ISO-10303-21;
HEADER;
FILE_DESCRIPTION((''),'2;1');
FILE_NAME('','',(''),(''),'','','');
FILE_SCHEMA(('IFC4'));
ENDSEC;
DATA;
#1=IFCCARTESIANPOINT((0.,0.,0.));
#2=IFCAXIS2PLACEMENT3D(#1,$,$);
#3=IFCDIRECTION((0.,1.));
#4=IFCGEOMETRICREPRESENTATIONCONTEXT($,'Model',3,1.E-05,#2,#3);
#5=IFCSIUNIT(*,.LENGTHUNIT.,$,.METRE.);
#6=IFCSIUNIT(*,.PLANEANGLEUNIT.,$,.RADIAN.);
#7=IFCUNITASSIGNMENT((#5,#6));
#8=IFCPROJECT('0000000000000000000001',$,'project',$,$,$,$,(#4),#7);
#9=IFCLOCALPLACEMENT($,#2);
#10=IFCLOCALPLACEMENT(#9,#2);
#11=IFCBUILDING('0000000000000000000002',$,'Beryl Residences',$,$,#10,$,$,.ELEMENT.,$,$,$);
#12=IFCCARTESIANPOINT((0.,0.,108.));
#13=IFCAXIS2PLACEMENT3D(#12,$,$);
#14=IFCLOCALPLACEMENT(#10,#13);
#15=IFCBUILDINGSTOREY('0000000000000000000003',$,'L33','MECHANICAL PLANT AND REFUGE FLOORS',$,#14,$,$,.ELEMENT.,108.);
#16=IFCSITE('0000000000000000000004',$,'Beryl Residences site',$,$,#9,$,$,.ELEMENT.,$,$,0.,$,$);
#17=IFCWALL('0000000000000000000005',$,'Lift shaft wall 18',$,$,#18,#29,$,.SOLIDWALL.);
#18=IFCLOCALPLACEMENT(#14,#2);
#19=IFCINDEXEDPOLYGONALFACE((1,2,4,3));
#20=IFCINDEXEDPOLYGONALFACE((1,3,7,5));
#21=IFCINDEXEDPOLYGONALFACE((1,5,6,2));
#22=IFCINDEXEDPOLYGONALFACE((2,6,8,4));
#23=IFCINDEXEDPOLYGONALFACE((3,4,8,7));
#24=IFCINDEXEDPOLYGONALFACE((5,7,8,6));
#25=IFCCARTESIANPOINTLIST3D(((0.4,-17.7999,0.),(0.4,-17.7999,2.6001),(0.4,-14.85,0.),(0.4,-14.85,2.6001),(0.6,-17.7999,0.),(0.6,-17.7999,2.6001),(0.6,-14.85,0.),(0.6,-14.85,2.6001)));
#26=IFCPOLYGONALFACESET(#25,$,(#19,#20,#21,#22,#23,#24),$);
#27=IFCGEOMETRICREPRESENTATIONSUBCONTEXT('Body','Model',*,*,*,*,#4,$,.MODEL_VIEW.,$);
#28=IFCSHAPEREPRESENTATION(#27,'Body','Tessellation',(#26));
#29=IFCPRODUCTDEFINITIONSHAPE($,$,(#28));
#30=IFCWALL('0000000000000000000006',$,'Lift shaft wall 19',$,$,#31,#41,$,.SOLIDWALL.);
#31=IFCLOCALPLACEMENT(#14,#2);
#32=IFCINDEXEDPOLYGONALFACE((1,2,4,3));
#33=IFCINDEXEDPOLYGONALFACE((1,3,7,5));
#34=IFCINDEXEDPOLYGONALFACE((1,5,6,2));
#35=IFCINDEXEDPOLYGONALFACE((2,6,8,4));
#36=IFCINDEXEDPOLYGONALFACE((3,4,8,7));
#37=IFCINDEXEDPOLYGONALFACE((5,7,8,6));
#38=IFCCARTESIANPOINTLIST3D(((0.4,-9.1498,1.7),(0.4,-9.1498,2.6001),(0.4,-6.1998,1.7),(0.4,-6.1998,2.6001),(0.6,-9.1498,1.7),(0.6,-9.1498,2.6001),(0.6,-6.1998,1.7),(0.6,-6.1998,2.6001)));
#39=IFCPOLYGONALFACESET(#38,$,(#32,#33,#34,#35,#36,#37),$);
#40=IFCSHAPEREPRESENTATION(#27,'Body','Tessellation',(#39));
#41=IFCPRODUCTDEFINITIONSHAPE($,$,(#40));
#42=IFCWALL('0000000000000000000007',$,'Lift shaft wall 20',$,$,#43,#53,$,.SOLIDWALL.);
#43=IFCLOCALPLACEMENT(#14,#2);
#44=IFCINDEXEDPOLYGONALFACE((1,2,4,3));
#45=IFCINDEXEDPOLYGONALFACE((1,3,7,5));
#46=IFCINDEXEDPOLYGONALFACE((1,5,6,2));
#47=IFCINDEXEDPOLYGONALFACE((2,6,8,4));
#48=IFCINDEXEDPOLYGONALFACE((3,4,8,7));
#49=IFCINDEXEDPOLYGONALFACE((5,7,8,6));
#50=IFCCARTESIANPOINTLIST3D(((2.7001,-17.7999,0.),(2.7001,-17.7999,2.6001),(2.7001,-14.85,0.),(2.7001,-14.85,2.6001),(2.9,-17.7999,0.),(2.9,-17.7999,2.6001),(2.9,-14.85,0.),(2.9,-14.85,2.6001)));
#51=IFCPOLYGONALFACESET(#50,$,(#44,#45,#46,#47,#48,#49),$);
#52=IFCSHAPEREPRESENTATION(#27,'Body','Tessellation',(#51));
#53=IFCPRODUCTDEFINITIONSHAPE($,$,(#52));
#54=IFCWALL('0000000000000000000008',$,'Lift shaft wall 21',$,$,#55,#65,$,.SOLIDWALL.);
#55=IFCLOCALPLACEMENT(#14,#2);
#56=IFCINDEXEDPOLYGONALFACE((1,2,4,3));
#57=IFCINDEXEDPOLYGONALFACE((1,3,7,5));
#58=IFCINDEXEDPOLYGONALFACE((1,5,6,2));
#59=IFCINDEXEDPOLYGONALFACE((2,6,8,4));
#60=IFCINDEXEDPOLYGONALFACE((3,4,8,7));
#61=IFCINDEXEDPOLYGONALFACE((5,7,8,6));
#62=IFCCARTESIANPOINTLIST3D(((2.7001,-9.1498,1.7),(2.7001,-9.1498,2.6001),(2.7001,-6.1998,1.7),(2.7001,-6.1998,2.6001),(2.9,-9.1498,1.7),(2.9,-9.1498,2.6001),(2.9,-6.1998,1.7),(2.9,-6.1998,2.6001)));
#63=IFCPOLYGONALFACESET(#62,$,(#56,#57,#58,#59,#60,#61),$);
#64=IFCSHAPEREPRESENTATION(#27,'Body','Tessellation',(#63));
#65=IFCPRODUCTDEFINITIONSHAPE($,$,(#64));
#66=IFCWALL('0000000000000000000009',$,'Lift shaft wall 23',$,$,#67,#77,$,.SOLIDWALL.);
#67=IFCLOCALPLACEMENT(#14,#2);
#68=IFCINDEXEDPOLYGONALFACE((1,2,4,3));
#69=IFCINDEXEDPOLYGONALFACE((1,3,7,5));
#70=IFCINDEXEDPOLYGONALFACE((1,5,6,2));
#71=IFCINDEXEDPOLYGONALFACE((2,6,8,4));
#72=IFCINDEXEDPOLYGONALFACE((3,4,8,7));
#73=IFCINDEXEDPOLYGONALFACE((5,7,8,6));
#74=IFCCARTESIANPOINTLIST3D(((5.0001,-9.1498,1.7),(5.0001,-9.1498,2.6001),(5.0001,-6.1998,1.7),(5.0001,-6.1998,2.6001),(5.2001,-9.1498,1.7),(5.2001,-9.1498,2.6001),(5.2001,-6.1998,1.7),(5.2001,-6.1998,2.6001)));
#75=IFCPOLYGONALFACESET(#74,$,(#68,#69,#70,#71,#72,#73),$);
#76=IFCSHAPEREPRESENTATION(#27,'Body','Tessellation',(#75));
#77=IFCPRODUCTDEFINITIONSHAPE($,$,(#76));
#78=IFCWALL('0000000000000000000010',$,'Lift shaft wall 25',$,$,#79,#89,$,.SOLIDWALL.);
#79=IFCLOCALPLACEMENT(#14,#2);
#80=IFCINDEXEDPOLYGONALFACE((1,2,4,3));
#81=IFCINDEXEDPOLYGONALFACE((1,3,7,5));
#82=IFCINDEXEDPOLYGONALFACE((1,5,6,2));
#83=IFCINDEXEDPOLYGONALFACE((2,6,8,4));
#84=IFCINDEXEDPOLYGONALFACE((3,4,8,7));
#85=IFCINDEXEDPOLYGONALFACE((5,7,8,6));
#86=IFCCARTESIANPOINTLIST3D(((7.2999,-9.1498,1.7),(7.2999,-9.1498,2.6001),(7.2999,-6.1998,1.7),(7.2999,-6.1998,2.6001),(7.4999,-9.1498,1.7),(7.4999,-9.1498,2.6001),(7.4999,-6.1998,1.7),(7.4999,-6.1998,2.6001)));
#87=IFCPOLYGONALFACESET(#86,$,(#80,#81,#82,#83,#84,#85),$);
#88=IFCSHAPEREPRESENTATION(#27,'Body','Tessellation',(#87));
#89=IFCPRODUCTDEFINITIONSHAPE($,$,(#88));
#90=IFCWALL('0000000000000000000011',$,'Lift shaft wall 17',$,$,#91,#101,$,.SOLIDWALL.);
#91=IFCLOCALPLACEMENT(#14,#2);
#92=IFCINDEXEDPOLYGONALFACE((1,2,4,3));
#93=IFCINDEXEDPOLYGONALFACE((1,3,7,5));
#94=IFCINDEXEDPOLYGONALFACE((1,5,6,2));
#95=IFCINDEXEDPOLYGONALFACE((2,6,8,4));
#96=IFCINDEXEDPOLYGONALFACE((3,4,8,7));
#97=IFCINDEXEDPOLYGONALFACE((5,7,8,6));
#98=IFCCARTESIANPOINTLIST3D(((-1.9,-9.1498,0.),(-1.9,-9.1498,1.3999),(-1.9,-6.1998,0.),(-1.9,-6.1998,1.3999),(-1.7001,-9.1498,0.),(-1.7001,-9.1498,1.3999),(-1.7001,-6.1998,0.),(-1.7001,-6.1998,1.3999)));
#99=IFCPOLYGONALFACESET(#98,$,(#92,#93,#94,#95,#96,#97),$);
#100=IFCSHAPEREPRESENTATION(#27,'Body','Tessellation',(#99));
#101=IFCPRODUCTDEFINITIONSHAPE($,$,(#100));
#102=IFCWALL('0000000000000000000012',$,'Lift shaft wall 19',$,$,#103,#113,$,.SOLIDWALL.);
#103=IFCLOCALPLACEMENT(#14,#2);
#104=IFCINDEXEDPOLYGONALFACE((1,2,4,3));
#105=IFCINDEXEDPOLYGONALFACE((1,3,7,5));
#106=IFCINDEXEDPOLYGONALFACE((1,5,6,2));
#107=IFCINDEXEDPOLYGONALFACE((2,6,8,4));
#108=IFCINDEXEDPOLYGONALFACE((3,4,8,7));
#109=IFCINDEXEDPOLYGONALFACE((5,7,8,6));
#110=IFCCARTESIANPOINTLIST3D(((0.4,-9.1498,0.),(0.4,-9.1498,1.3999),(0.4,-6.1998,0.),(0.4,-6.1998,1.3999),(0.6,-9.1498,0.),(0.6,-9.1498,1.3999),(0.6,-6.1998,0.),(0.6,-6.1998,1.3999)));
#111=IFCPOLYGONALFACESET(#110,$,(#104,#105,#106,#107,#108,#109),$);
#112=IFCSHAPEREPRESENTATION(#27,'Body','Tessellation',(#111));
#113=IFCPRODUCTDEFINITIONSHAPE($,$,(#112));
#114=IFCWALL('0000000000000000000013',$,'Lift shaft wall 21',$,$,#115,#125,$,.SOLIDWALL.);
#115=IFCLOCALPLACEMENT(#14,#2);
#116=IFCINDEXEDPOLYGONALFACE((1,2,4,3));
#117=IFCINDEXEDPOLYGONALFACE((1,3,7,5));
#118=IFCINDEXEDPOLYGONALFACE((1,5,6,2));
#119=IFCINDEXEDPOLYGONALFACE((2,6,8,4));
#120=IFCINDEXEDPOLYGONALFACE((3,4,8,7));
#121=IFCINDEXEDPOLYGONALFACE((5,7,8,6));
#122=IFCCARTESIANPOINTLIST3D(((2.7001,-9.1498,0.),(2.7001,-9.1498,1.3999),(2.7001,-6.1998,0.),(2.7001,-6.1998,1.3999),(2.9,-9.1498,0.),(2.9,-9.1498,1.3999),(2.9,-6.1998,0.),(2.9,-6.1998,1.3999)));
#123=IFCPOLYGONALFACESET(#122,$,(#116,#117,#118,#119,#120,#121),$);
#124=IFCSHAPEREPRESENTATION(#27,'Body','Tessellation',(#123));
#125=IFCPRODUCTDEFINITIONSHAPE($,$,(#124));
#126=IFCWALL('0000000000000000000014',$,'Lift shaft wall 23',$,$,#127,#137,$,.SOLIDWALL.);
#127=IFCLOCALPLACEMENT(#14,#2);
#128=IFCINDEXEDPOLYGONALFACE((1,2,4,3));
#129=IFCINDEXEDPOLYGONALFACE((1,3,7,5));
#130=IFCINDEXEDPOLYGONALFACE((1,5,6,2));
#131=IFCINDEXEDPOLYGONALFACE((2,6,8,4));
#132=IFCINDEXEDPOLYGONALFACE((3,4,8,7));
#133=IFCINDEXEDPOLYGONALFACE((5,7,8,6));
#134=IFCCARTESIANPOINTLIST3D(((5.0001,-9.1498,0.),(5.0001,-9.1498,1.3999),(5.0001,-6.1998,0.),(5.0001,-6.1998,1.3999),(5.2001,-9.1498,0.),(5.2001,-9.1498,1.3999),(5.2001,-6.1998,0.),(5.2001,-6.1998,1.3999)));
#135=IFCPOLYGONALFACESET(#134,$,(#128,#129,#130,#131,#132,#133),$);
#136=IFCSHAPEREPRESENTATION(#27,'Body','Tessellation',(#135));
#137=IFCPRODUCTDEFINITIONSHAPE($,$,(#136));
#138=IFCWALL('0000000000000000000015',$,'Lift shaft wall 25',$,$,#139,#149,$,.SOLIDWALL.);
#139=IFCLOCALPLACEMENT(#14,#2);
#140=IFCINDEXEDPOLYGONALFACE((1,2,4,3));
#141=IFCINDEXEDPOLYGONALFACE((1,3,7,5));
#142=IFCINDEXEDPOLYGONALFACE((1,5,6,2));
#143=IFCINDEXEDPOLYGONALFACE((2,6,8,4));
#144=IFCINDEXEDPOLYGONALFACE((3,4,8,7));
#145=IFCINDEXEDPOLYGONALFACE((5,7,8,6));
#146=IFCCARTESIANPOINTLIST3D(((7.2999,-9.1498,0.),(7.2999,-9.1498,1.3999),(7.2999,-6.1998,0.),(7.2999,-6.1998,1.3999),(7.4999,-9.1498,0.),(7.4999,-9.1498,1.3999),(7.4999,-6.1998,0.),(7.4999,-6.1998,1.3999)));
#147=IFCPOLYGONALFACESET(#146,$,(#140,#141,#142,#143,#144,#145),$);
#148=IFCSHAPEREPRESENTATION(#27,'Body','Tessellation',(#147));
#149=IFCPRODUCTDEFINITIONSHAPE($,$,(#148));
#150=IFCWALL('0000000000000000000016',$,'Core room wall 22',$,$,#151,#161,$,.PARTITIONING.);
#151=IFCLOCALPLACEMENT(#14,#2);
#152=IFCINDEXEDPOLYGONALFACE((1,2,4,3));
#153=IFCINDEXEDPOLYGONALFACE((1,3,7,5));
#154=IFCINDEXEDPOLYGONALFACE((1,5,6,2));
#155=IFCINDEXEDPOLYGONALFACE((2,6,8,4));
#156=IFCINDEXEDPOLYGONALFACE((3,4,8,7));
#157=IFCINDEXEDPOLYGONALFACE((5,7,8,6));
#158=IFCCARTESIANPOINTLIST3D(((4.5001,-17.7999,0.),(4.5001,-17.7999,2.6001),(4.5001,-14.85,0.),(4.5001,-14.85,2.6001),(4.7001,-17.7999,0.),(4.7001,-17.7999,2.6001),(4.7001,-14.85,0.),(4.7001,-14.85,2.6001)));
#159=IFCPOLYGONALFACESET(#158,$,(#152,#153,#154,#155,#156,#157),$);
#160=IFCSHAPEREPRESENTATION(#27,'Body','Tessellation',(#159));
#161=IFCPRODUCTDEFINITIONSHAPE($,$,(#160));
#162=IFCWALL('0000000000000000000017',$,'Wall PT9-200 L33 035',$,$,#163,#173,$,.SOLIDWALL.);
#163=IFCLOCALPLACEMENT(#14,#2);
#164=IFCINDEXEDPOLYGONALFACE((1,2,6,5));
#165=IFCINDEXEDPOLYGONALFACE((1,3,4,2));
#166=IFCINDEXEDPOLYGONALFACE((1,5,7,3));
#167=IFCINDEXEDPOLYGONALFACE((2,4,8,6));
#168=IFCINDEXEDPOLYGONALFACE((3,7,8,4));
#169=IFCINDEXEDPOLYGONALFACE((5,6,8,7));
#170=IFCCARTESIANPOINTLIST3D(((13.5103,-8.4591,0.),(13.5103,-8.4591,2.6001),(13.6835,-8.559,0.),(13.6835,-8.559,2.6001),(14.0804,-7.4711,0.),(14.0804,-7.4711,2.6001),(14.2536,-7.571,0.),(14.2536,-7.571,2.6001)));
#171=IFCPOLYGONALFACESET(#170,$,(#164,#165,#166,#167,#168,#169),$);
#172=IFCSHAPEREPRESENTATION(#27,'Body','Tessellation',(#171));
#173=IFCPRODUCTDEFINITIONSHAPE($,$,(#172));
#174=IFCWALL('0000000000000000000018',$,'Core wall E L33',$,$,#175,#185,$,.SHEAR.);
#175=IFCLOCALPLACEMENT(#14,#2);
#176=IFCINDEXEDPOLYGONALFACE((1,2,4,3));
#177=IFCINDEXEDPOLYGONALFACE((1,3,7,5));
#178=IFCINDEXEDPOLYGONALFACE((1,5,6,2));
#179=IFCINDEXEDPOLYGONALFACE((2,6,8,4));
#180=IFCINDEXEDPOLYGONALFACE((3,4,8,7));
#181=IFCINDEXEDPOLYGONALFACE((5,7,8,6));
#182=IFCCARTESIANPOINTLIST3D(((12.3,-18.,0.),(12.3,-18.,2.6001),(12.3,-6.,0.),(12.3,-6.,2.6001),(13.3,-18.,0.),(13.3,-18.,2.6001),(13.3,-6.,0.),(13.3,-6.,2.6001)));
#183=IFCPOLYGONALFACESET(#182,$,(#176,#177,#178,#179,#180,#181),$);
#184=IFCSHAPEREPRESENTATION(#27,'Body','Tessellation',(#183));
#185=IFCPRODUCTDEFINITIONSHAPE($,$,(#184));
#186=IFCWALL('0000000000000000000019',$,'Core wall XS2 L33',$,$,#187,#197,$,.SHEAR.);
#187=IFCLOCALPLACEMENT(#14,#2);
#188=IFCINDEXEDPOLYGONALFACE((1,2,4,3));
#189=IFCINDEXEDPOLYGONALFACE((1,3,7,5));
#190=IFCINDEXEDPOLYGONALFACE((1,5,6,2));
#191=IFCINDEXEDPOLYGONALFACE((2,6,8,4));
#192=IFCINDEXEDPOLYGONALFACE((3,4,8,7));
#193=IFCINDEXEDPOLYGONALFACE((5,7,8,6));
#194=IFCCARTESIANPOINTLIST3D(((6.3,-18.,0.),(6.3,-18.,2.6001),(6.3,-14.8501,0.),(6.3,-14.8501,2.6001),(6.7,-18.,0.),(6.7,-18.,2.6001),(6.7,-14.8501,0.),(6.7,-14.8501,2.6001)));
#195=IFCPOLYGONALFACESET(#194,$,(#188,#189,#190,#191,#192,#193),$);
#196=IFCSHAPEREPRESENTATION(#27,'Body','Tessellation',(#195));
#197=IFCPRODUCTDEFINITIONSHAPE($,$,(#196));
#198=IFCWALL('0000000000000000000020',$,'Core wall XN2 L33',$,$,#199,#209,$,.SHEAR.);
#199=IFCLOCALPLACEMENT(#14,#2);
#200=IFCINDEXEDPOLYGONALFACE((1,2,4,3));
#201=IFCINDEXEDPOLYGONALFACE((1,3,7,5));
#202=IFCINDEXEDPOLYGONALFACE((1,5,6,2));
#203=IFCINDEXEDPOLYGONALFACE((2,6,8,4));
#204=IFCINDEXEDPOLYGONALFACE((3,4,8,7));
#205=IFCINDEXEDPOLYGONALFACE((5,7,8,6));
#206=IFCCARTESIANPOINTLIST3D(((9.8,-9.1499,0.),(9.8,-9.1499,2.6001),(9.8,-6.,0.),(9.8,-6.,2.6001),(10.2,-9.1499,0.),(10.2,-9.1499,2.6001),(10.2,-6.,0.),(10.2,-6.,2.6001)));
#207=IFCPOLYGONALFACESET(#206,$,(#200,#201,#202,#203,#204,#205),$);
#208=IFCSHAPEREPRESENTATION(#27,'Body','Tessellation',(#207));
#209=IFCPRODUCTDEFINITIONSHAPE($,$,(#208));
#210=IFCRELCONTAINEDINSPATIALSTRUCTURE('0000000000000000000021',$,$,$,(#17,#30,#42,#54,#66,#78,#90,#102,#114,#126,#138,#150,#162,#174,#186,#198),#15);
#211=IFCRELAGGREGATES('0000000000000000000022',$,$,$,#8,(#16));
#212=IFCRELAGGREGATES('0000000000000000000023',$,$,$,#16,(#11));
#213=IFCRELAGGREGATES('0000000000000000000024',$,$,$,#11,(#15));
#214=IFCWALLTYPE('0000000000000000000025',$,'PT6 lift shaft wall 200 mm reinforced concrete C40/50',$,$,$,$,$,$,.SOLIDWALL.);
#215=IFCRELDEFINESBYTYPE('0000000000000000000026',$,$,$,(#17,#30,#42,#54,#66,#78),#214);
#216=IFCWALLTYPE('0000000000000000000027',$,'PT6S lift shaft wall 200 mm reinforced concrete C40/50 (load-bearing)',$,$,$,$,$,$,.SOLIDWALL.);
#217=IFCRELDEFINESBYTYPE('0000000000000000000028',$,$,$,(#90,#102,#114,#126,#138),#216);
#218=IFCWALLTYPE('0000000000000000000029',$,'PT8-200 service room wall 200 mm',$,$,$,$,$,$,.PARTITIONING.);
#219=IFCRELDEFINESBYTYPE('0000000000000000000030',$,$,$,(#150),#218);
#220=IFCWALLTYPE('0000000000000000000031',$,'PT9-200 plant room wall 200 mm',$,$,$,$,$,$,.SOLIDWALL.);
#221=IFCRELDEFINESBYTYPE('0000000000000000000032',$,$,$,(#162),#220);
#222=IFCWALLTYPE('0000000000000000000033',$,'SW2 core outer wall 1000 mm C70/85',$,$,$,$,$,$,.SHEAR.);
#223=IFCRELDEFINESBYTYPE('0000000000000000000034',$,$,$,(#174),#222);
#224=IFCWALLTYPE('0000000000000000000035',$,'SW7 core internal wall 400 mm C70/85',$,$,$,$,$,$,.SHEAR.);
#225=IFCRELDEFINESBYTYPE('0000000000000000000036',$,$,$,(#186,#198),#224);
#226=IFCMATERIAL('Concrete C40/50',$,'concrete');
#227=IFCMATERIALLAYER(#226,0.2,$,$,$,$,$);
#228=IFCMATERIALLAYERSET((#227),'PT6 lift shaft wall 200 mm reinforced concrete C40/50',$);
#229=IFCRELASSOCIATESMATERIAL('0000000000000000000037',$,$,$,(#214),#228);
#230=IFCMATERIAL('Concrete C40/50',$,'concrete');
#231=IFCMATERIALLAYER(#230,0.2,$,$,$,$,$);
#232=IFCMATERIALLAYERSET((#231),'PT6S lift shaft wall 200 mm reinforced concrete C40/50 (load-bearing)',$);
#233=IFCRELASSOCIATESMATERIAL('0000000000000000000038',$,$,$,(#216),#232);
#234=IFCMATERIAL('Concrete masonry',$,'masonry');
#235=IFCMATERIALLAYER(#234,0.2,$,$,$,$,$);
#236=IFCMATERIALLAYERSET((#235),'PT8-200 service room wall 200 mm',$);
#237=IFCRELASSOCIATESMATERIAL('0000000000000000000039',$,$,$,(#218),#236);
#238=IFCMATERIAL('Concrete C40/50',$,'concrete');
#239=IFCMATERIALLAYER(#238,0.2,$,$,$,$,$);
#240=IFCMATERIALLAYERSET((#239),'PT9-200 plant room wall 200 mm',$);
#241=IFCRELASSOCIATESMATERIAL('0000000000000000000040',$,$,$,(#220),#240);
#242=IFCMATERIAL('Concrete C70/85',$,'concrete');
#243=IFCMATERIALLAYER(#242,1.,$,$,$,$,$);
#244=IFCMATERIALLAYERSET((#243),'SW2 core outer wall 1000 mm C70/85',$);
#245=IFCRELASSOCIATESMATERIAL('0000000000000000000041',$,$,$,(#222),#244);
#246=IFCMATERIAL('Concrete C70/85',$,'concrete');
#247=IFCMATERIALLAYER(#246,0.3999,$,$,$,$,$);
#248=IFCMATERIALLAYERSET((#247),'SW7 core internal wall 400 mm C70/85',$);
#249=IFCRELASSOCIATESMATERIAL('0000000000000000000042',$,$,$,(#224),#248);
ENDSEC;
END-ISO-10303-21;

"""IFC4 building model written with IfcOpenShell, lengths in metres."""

from ifc_helpers import new_model, si_unit, direction, frame, frame_2d, origin, place, context, subcontext, project, spatial, rectangle, extrude, material, layer, layer_set, type_object, element, save


model = new_model("IFC4")

# Units and contexts
model_context = context("Model", 3, precision=1e-05, world=origin(), true_north=direction((0.0, 1.0)))
body_context = subcontext(model_context, "Body", "Model", "MODEL_VIEW")
ifc_project = project(units=[si_unit("LENGTHUNIT", "METRE"), si_unit("PLANEANGLEUNIT", "RADIAN")], contexts=[model_context])

# Site, building, storey
site_placement = place(None, origin())
site = spatial("IfcSite", under=ifc_project, at=site_placement, Name="Beryl Residences site", CompositionType="ELEMENT", RefElevation=0.0)
building_placement = place(site_placement, origin())
building = spatial("IfcBuilding", under=site, at=building_placement, Name="Beryl Residences", CompositionType="ELEMENT")
storey_placement = place(building_placement, frame((0.0, 0.0, 108.0)))
storey = spatial("IfcBuildingStorey", under=building, at=storey_placement, Name="L33", Description="MECHANICAL PLANT AND REFUGE FLOORS", CompositionType="ELEMENT", Elevation=108.0)

# Walls
ifc_material_1 = material(Name="Concrete C40/50", Category="concrete")
ifc_layer_1 = layer(ifc_material_1, 0.2)
ifc_layer_set_1 = layer_set([ifc_layer_1], Name="PT6 lift shaft wall 200 mm reinforced concrete C40/50")
wall_type_1 = type_object("IfcWallType", Name="PT6 lift shaft wall 200 mm reinforced concrete C40/50", PredefinedType="SOLIDWALL", material=ifc_layer_set_1)
wall_1_placement = place(storey_placement, frame((0.5, -17.8, 0.0), z_axis=(0.0, 0.0, 1.0), x_axis=(0.0, 1.0, 0.0)))
element("IfcWall", 1, at=wall_1_placement, inside=storey, type_object=wall_type_1, Name="Lift shaft wall 18", PredefinedType="SOLIDWALL", context=body_context, shape_type="SweptSolid", body=[
    extrude(rectangle(XDim=2.95, YDim=0.2, at=frame_2d((1.4751, 0.0))), origin(), (0.0, 0.0, 1.0), 2.6001),
])
wall_2_placement = place(storey_placement, frame((0.5, -9.1499, 1.7), z_axis=(0.0, 0.0, 1.0), x_axis=(0.0, 1.0, 0.0)))
element("IfcWall", 2, at=wall_2_placement, inside=storey, type_object=wall_type_1, Name="Lift shaft wall 19", PredefinedType="SOLIDWALL", context=body_context, shape_type="SweptSolid", body=[
    extrude(rectangle(XDim=2.95, YDim=0.2, at=frame_2d((1.4751, 0.0))), origin(), (0.0, 0.0, 1.0), 0.9001),
])
wall_3_placement = place(storey_placement, frame((2.8, -17.8, 0.0), z_axis=(0.0, 0.0, 1.0), x_axis=(0.0, 1.0, 0.0)))
element("IfcWall", 3, at=wall_3_placement, inside=storey, type_object=wall_type_1, Name="Lift shaft wall 20", PredefinedType="SOLIDWALL", context=body_context, shape_type="SweptSolid", body=[
    extrude(rectangle(XDim=2.95, YDim=0.2, at=frame_2d((1.4751, 0.0))), origin(), (0.0, 0.0, 1.0), 2.6001),
])
for number, where, z_axis, x_axis, name in (
    (4, (2.8, -9.1499, 1.7), (0.0, 0.0, 1.0), (0.0, 1.0, 0.0), "Lift shaft wall 21"),
    (5, (5.1001, -9.1499, 1.7), (0.0, 0.0, 1.0), (0.0, 1.0, 0.0), "Lift shaft wall 23"),
    (6, (7.3999, -9.1499, 1.7), (0.0, 0.0, 1.0), (0.0, 1.0, 0.0), "Lift shaft wall 25"),
):
    element("IfcWall", number, at=place(storey_placement, frame(where, z_axis=z_axis, x_axis=x_axis)), inside=storey, type_object=wall_type_1, Name=name, PredefinedType="SOLIDWALL", context=body_context, shape_type="SweptSolid", body=[
        extrude(rectangle(XDim=2.95, YDim=0.2, at=frame_2d((1.4751, 0.0))), origin(), (0.0, 0.0, 1.0), 0.9001),
    ])
ifc_material_2 = material(Name="Concrete C40/50", Category="concrete")
ifc_layer_2 = layer(ifc_material_2, 0.2)
ifc_layer_set_2 = layer_set([ifc_layer_2], Name="PT6S lift shaft wall 200 mm reinforced concrete C40/50 (load-bearing)")
wall_type_2 = type_object("IfcWallType", Name="PT6S lift shaft wall 200 mm reinforced concrete C40/50 (load-bearing)", PredefinedType="SOLIDWALL", material=ifc_layer_set_2)
for number, where, z_axis, x_axis, name in (
    (7, (-1.8, -9.1499, 0.0), (0.0, 0.0, 1.0), (0.0, 1.0, 0.0), "Lift shaft wall 17"),
    (8, (0.5, -9.1499, 0.0), (0.0, 0.0, 1.0), (0.0, 1.0, 0.0), "Lift shaft wall 19"),
    (9, (2.8, -9.1499, 0.0), (0.0, 0.0, 1.0), (0.0, 1.0, 0.0), "Lift shaft wall 21"),
    (10, (5.1001, -9.1499, 0.0), (0.0, 0.0, 1.0), (0.0, 1.0, 0.0), "Lift shaft wall 23"),
    (11, (7.3999, -9.1499, 0.0), (0.0, 0.0, 1.0), (0.0, 1.0, 0.0), "Lift shaft wall 25"),
):
    element("IfcWall", number, at=place(storey_placement, frame(where, z_axis=z_axis, x_axis=x_axis)), inside=storey, type_object=wall_type_2, Name=name, PredefinedType="SOLIDWALL", context=body_context, shape_type="SweptSolid", body=[
        extrude(rectangle(XDim=2.95, YDim=0.2, at=frame_2d((1.4751, 0.0))), origin(), (0.0, 0.0, 1.0), 1.3999),
    ])
ifc_material_3 = material(Name="Concrete masonry", Category="masonry")
ifc_layer_3 = layer(ifc_material_3, 0.2)
ifc_layer_set_3 = layer_set([ifc_layer_3], Name="PT8-200 service room wall 200 mm")
wall_type_3 = type_object("IfcWallType", Name="PT8-200 service room wall 200 mm", PredefinedType="PARTITIONING", material=ifc_layer_set_3)
wall_4_placement = place(storey_placement, frame((4.6001, -17.8, 0.0), z_axis=(0.0, 0.0, 1.0), x_axis=(0.0, 1.0, 0.0)))
element("IfcWall", 12, at=wall_4_placement, inside=storey, type_object=wall_type_3, Name="Core room wall 22", PredefinedType="PARTITIONING", context=body_context, shape_type="SweptSolid", body=[
    extrude(rectangle(XDim=2.95, YDim=0.2, at=frame_2d((1.4751, 0.0))), origin(), (0.0, 0.0, 1.0), 2.6001),
])
ifc_material_4 = material(Name="Concrete C40/50", Category="concrete")
ifc_layer_4 = layer(ifc_material_4, 0.2)
ifc_layer_set_4 = layer_set([ifc_layer_4], Name="PT9-200 plant room wall 200 mm")
wall_type_4 = type_object("IfcWallType", Name="PT9-200 plant room wall 200 mm", PredefinedType="SOLIDWALL", material=ifc_layer_set_4)
wall_5_placement = place(storey_placement, frame((13.5969, -8.509, 0.0), z_axis=(0.0, 0.0, 1.0), x_axis=(0.499753, 0.866168, 0.0)))
element("IfcWall", 13, at=wall_5_placement, inside=storey, type_object=wall_type_4, Name="Wall PT9-200 L33 035", PredefinedType="SOLIDWALL", context=body_context, shape_type="SweptSolid", body=[
    extrude(rectangle(XDim=1.1406, YDim=0.2, at=frame_2d((0.5703, 0.0))), origin(), (0.0, 0.0, 1.0), 2.6001),
])
ifc_material_5 = material(Name="Concrete C70/85", Category="concrete")
ifc_layer_5 = layer(ifc_material_5, 1.0)
ifc_layer_set_5 = layer_set([ifc_layer_5], Name="SW2 core outer wall 1000 mm C70/85")
wall_type_5 = type_object("IfcWallType", Name="SW2 core outer wall 1000 mm C70/85", PredefinedType="SHEAR", material=ifc_layer_set_5)
wall_6_placement = place(storey_placement, frame((12.8, -18.0, 0.0), z_axis=(0.0, 0.0, 1.0), x_axis=(0.0, 1.0, 0.0)))
element("IfcWall", 14, at=wall_6_placement, inside=storey, type_object=wall_type_5, Name="Core wall E L33", PredefinedType="SHEAR", context=body_context, shape_type="SweptSolid", body=[
    extrude(rectangle(XDim=12.0, YDim=1.0, at=frame_2d((6.0, 0.0))), origin(), (0.0, 0.0, 1.0), 2.6001),
])
ifc_material_6 = material(Name="Concrete C70/85", Category="concrete")
ifc_layer_6 = layer(ifc_material_6, 0.3999)
ifc_layer_set_6 = layer_set([ifc_layer_6], Name="SW7 core internal wall 400 mm C70/85")
wall_type_6 = type_object("IfcWallType", Name="SW7 core internal wall 400 mm C70/85", PredefinedType="SHEAR", material=ifc_layer_set_6)
for number, where, z_axis, x_axis, name in (
    (15, (6.5, -18.0, 0.0), (0.0, 0.0, 1.0), (0.0, 1.0, 0.0), "Core wall XS2 L33"),
    (16, (10.0, -9.1499, 0.0), (0.0, 0.0, 1.0), (0.0, 1.0, 0.0), "Core wall XN2 L33"),
):
    element("IfcWall", number, at=place(storey_placement, frame(where, z_axis=z_axis, x_axis=x_axis)), inside=storey, type_object=wall_type_6, Name=name, PredefinedType="SHEAR", context=body_context, shape_type="SweptSolid", body=[
        extrude(rectangle(XDim=3.1499, YDim=0.3999, at=frame_2d((1.575, 0.0))), origin(), (0.0, 0.0, 1.0), 2.6001),
    ])

save(model, "model.ifc")
